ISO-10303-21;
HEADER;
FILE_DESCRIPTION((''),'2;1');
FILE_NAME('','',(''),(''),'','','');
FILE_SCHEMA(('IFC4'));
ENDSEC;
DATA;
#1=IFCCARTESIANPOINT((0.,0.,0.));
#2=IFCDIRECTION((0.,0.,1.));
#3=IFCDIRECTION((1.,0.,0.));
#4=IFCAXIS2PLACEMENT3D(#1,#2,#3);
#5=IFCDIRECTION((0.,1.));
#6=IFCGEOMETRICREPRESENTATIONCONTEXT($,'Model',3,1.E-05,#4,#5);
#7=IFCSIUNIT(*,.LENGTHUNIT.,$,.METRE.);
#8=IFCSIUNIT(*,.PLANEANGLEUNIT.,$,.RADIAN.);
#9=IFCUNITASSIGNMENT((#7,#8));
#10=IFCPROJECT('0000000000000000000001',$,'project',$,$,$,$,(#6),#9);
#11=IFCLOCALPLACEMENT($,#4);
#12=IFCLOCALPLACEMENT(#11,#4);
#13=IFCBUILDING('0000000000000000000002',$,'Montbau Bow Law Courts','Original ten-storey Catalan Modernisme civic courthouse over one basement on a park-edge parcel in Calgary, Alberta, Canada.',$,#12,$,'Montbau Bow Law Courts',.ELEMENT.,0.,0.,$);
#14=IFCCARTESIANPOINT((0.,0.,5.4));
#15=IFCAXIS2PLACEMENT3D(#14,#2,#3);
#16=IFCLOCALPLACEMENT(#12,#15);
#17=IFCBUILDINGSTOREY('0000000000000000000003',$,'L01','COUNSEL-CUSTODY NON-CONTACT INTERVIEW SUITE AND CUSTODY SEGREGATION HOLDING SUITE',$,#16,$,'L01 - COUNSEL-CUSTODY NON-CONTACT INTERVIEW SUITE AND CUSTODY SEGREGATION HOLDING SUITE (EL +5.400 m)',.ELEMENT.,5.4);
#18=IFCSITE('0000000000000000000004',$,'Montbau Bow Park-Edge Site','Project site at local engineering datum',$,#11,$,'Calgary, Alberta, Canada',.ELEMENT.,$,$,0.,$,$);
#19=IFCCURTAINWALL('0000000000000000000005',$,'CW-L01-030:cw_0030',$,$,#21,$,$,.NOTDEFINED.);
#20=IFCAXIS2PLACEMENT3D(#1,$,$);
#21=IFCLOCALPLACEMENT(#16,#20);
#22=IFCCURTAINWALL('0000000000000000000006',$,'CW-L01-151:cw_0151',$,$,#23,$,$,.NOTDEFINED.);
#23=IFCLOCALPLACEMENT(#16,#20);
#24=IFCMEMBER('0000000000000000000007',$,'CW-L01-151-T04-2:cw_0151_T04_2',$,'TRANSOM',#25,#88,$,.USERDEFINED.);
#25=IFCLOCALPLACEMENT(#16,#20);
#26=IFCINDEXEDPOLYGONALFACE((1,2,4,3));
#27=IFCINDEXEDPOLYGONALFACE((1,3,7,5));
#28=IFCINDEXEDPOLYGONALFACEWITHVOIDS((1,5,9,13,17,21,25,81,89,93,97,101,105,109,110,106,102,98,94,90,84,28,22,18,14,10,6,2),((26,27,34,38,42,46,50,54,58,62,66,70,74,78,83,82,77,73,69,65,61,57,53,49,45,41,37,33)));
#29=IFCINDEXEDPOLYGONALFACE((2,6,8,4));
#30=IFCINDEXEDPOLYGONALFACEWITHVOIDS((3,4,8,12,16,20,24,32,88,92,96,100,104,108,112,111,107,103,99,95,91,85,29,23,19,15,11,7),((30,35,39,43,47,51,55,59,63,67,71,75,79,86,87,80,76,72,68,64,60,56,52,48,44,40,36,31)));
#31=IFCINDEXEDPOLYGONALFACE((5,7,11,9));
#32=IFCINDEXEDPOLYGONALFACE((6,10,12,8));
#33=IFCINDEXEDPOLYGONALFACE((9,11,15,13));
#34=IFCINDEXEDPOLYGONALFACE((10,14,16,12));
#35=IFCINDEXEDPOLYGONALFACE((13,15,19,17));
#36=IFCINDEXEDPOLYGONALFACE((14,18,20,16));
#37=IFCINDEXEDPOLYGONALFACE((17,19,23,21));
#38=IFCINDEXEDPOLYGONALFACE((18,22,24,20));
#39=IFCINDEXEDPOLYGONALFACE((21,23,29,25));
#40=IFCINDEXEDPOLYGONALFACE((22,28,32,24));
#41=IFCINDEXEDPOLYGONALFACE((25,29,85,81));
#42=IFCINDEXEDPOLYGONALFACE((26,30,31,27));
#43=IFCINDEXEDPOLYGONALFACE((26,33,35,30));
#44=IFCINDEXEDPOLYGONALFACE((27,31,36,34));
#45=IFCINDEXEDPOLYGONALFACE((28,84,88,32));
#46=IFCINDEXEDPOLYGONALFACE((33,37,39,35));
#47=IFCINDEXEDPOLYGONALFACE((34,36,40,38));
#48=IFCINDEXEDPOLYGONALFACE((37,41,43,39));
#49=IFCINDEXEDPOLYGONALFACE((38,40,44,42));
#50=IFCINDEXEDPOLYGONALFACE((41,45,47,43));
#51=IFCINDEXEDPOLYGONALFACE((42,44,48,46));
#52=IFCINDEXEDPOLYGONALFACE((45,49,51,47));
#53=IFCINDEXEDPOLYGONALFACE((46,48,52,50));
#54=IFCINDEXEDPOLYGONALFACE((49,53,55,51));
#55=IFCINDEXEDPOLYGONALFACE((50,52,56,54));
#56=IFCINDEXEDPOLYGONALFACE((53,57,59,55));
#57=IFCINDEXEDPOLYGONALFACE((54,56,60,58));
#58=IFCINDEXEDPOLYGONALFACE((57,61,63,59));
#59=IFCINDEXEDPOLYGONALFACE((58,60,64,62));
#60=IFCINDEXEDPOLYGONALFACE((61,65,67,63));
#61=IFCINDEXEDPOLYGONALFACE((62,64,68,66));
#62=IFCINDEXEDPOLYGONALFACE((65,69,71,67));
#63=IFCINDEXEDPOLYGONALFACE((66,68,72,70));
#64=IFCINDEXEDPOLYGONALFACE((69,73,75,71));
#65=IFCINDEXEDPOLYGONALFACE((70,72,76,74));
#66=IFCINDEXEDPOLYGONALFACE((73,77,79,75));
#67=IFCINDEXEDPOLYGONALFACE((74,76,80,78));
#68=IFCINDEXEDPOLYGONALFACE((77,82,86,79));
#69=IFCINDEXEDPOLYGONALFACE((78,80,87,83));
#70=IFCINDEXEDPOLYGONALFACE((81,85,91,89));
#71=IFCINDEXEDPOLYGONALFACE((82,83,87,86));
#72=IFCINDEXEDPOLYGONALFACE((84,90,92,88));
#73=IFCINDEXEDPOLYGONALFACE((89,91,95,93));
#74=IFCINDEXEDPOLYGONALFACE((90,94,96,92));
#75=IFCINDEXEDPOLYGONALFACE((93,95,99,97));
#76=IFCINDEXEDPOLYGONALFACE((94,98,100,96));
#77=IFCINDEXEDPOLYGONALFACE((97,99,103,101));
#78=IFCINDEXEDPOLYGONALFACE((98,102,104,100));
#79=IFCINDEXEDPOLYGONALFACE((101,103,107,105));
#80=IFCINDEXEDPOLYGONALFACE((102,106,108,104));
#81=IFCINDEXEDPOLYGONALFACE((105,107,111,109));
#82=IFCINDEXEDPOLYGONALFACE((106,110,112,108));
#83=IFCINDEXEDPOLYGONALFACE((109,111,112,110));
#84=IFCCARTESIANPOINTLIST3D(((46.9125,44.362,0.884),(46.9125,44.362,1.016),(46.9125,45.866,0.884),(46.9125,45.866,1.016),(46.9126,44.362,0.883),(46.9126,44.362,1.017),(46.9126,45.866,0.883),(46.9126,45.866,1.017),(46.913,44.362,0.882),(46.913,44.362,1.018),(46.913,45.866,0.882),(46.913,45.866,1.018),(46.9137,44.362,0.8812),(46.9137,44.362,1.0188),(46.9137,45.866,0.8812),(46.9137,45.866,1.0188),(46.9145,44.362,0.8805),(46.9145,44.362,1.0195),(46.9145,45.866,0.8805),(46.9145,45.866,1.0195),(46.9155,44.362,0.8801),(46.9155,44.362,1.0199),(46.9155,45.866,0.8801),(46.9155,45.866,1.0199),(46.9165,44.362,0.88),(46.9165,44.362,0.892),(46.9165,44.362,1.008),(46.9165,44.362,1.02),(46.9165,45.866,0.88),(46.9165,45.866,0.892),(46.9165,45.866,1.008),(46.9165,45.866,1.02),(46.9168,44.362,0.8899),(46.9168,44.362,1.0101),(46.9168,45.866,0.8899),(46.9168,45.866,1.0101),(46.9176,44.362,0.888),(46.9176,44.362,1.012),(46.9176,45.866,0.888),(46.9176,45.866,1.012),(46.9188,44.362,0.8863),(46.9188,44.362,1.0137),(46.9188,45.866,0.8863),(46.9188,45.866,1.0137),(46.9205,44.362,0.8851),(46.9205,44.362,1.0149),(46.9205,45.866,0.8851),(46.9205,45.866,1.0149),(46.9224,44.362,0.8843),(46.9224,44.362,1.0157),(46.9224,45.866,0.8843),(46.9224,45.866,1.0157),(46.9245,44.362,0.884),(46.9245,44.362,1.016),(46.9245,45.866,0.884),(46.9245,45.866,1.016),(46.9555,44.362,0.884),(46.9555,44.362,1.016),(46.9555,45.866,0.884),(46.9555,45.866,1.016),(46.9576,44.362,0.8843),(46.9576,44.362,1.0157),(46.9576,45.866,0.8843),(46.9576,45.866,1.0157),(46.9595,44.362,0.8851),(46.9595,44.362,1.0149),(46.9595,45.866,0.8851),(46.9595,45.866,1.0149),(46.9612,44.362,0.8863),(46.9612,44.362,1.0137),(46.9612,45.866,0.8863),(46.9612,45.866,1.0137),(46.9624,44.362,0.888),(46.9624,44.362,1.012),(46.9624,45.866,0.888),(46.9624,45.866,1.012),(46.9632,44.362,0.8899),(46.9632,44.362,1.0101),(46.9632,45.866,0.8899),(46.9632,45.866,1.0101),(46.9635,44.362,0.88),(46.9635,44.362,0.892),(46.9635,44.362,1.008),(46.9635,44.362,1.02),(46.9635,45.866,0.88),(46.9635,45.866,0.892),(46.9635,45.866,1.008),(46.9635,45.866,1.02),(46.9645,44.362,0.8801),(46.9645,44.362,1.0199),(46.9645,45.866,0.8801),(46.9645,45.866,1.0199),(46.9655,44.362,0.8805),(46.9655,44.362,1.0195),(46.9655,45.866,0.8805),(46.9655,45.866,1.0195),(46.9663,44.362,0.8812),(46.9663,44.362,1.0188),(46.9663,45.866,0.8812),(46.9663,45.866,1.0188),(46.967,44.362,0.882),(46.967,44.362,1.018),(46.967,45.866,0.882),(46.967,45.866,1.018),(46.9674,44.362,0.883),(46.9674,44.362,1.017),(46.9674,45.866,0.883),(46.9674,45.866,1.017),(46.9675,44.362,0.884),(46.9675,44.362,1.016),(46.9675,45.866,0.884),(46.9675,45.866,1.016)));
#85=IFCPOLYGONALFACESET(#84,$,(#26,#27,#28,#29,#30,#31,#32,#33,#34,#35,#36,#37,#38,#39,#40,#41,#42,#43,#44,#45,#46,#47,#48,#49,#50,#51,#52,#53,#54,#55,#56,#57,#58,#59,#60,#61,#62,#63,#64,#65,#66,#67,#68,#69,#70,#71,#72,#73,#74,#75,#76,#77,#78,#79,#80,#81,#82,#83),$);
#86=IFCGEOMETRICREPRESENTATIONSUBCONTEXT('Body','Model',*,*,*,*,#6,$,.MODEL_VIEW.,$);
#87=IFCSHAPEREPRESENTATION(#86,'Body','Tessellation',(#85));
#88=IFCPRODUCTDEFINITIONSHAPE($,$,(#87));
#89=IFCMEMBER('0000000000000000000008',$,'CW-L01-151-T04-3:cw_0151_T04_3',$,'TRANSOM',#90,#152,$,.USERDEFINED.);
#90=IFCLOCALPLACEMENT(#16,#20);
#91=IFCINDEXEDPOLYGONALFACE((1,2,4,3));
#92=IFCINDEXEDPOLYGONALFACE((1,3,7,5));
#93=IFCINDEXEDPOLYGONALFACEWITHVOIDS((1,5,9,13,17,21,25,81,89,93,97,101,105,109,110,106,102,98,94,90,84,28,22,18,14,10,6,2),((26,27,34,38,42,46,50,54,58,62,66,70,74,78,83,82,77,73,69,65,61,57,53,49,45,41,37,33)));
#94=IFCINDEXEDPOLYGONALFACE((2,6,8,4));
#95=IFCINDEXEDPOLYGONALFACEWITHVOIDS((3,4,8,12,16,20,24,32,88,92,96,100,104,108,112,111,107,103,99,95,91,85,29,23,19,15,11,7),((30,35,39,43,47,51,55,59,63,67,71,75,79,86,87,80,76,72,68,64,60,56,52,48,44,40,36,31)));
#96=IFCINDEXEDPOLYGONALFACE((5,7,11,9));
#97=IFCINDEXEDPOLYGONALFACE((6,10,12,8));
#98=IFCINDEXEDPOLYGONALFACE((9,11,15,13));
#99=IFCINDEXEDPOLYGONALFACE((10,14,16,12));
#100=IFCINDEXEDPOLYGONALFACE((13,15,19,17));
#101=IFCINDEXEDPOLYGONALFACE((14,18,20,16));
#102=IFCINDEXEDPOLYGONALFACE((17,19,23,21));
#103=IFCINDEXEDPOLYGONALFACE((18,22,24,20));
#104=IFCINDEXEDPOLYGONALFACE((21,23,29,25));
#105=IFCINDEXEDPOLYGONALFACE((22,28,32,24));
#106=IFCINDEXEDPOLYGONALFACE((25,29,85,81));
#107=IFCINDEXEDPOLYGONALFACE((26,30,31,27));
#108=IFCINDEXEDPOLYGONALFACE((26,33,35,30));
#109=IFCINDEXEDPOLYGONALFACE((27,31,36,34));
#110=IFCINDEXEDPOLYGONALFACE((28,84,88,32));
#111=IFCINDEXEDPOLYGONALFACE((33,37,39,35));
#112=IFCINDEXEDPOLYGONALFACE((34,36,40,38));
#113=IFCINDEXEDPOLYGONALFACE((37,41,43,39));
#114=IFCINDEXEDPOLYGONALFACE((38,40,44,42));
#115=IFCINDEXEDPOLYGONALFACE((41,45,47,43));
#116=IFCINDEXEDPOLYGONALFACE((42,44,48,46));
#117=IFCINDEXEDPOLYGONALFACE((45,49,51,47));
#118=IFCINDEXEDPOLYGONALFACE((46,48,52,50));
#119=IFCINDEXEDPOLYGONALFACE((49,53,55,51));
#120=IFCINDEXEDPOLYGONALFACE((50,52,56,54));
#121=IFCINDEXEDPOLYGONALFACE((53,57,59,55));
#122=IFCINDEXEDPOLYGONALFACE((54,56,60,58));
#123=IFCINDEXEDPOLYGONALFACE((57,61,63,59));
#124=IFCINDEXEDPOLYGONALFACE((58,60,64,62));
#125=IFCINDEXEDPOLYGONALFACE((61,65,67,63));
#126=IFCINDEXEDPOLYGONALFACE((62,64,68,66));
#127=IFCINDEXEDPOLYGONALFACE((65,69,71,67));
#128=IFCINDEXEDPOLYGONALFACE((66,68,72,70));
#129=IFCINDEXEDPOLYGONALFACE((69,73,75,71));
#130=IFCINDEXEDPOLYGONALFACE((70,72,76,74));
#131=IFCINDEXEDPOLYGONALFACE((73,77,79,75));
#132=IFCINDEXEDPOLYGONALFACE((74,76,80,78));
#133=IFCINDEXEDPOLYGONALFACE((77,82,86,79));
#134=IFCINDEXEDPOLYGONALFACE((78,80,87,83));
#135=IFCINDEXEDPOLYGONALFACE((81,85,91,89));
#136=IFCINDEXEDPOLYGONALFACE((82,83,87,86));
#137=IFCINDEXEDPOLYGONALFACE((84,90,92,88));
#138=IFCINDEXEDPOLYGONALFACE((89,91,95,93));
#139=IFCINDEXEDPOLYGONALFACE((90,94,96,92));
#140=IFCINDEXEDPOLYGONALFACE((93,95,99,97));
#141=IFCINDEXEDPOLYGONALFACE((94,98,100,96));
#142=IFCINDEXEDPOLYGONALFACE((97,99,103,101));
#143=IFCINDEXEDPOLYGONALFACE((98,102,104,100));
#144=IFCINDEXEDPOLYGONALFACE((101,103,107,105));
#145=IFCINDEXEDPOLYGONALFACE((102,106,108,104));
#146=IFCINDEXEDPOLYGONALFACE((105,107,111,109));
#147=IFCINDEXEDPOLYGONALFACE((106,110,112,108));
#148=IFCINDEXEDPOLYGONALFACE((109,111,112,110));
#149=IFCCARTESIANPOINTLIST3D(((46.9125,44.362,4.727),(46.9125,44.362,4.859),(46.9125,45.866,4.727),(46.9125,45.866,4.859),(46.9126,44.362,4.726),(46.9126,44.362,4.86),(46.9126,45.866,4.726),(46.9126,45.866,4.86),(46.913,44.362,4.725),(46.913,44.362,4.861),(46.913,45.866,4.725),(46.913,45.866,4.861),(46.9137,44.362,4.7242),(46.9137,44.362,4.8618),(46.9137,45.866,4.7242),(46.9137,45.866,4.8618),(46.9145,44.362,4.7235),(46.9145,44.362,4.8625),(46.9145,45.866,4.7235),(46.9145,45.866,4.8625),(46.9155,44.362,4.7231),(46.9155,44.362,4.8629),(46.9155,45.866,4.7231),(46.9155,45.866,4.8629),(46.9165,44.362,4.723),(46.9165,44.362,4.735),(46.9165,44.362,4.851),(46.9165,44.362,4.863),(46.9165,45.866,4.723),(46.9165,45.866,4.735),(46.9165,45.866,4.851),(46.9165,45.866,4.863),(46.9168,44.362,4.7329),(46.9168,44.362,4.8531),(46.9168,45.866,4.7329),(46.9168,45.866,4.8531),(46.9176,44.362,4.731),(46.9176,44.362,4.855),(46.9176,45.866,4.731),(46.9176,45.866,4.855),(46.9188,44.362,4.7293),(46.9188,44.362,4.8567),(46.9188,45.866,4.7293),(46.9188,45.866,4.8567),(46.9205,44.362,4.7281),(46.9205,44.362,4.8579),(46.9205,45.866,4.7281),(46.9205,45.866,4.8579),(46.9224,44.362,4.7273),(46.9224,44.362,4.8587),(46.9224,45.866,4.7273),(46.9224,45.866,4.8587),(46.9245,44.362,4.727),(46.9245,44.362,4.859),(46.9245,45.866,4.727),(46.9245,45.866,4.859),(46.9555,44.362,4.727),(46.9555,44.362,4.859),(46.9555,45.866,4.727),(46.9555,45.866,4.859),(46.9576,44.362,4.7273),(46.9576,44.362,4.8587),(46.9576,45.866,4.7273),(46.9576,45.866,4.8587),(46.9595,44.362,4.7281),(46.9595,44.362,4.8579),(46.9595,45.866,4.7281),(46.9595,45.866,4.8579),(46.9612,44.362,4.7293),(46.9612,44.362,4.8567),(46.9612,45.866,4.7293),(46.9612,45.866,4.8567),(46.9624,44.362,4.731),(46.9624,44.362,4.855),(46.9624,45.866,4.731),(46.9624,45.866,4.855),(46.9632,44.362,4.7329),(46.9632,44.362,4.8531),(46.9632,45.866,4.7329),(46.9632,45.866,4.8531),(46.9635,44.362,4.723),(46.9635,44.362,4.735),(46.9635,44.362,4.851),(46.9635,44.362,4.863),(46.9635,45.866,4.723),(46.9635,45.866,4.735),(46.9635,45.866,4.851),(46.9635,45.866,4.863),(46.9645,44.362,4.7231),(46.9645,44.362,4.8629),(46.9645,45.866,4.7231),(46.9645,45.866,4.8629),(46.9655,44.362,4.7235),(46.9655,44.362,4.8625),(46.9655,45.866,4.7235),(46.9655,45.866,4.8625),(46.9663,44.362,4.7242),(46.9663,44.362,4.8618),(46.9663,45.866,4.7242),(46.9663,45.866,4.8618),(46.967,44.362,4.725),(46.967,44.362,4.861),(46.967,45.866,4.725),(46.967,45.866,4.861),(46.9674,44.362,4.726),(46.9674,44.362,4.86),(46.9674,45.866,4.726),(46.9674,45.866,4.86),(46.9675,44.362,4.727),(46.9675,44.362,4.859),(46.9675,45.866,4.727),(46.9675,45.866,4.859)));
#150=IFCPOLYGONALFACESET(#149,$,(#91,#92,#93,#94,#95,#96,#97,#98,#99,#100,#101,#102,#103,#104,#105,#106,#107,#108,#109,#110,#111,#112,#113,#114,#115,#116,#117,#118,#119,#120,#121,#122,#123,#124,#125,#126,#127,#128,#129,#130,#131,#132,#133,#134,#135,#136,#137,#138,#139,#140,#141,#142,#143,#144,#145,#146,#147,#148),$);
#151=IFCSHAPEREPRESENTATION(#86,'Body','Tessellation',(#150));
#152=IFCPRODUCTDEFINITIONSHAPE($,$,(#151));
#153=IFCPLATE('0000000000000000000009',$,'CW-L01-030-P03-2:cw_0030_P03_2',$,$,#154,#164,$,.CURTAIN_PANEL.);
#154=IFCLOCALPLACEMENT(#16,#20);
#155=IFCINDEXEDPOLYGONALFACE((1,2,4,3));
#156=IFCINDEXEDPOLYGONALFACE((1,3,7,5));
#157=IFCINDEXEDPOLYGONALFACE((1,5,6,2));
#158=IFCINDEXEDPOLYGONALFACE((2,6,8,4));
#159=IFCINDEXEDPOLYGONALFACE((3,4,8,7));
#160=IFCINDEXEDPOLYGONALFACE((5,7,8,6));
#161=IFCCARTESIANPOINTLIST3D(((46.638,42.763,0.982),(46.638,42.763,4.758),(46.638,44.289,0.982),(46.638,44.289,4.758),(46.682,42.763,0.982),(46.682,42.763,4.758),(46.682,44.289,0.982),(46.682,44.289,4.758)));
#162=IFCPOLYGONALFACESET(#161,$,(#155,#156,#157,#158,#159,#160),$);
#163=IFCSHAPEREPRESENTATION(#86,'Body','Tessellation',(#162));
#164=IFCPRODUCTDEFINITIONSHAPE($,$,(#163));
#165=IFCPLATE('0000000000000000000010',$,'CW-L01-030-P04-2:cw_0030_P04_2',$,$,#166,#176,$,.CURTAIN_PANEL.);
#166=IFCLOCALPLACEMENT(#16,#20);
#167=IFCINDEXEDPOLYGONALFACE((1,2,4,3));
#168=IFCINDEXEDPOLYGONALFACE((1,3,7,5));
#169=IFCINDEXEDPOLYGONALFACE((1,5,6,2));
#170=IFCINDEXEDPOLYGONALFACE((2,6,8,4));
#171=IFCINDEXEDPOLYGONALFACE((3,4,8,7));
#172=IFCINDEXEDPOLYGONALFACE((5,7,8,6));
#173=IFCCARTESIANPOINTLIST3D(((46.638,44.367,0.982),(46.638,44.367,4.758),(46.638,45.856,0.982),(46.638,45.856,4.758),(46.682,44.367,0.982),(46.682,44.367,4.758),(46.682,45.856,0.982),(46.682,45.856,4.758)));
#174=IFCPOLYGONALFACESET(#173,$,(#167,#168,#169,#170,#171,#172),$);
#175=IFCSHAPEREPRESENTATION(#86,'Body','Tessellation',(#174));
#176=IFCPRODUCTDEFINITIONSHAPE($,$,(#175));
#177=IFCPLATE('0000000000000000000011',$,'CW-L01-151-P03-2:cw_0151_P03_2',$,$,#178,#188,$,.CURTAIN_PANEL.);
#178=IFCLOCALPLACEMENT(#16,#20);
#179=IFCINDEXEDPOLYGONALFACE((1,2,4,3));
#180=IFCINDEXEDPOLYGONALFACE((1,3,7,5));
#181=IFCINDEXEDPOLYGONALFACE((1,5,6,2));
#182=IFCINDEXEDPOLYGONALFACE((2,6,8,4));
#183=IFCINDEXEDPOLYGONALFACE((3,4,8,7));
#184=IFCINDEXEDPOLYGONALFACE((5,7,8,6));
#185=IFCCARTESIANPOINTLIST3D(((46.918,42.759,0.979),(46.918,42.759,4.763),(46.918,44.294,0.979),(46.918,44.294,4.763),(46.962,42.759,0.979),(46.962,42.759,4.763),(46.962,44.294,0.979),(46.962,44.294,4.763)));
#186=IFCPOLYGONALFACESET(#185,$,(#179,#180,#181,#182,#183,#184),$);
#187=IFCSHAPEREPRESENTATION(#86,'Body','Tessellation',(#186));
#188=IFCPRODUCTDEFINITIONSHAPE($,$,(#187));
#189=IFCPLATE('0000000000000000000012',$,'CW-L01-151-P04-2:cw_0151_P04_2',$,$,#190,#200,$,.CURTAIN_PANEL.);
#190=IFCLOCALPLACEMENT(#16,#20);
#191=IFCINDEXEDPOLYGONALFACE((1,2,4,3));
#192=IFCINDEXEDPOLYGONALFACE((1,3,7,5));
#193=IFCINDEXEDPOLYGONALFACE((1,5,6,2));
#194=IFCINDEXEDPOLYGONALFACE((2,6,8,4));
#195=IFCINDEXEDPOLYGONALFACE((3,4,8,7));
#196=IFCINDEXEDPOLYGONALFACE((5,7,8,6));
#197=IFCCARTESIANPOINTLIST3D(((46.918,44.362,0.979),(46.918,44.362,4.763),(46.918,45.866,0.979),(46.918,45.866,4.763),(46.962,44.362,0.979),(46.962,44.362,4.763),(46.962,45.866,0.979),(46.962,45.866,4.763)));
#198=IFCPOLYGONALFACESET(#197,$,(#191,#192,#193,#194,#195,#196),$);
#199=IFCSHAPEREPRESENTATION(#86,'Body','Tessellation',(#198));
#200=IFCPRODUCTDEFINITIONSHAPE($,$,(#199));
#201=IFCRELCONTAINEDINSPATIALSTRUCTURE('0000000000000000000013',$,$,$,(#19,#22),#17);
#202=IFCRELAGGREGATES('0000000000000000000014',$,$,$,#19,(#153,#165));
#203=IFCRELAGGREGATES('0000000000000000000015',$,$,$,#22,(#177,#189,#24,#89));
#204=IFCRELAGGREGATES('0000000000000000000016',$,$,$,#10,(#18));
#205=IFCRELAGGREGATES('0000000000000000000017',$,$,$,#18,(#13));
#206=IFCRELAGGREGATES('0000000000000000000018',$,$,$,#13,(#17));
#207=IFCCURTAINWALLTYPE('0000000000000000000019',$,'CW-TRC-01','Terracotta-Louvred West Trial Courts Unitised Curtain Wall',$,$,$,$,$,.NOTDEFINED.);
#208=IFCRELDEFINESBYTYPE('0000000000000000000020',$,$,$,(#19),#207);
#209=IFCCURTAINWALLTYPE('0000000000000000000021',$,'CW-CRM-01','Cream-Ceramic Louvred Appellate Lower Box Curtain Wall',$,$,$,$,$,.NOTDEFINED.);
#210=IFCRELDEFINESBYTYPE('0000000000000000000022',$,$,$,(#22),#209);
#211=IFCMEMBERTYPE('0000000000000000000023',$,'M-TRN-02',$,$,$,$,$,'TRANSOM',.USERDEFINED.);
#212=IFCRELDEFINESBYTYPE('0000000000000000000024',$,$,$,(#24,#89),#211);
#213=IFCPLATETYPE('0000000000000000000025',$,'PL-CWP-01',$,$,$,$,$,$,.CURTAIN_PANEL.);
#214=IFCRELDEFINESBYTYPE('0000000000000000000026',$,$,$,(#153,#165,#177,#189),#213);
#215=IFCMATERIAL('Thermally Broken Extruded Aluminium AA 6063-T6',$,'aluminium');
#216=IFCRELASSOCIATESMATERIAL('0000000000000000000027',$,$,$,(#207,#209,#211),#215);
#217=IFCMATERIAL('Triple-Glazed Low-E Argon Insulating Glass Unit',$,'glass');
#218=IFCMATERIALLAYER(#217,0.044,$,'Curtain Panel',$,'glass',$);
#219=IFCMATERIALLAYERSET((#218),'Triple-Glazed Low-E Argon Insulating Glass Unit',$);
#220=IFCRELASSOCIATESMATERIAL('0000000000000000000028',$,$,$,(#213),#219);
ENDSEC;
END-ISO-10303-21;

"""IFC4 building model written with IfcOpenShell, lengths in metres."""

from ifc_helpers import new_model, si_unit, direction, frame, frame_2d, origin_with_axes, origin_2d_with_axis, place, context, subcontext, project, spatial, rectangle, hollow_rectangle, extrude, material, layer, layer_set, material_profile, profile_set, type_object, element, aggregate, save


model = new_model("IFC4")

# Units and contexts
model_context = context("Model", 3, precision=1e-05, world=origin_with_axes(), true_north=direction((0.0, 1.0)))
body_context = subcontext(model_context, "Body", "Model", "MODEL_VIEW")
ifc_project = project(units=[si_unit("LENGTHUNIT", "METRE"), si_unit("PLANEANGLEUNIT", "RADIAN")], contexts=[model_context])

# Site, building, storey
site_placement = place(None, origin_with_axes())
site = spatial("IfcSite", under=ifc_project, at=site_placement, Name="Montbau Bow Park-Edge Site", Description="Project site at local engineering datum", LongName="Calgary, Alberta, Canada", CompositionType="ELEMENT", RefElevation=0.0)
building_placement = place(site_placement, origin_with_axes())
building = spatial("IfcBuilding", under=site, at=building_placement, Name="Montbau Bow Law Courts", Description="Original ten-storey Catalan Modernisme civic courthouse over one basement on a park-edge parcel in Calgary, Alberta, Canada.", LongName="Montbau Bow Law Courts", CompositionType="ELEMENT", ElevationOfRefHeight=0.0, ElevationOfTerrain=0.0)
storey_placement = place(building_placement, frame((0.0, 0.0, 5.4), z_axis=(0.0, 0.0, 1.0), x_axis=(1.0, 0.0, 0.0)))
storey = spatial("IfcBuildingStorey", under=building, at=storey_placement, Name="L01", Description="COUNSEL-CUSTODY NON-CONTACT INTERVIEW SUITE AND CUSTODY SEGREGATION HOLDING SUITE", LongName="L01 - COUNSEL-CUSTODY NON-CONTACT INTERVIEW SUITE AND CUSTODY SEGREGATION HOLDING SUITE (EL +5.400 m)", CompositionType="ELEMENT", Elevation=5.4)

# Curtain walls, members
ifc_material_1 = material(Name="Thermally Broken Extruded Aluminium AA 6063-T6", Category="aluminium")
curtain_wall_type_1 = type_object("IfcCurtainWallType", Name="CW-TRC-01", Description="Terracotta-Louvred West Trial Courts Unitised Curtain Wall", PredefinedType="NOTDEFINED", material=ifc_material_1)
curtain_wall_1_placement = place(None, frame((46.66, 39.515, 5.4), z_axis=(0.0, 0.0, 1.0), x_axis=(1.0, 0.0, 0.0)))
curtain_wall_1 = element("IfcCurtainWall", 1, at=curtain_wall_1_placement, inside=storey, type_object=curtain_wall_type_1, Name="CW-L01-030:cw_0030", PredefinedType="NOTDEFINED")
curtain_wall_type_2 = type_object("IfcCurtainWallType", Name="CW-CRM-01", Description="Cream-Ceramic Louvred Appellate Lower Box Curtain Wall", PredefinedType="NOTDEFINED", material=ifc_material_1)
curtain_wall_2_placement = place(None, frame((46.94, 39.515, 5.4), z_axis=(0.0, 0.0, 1.0), x_axis=(1.0, 0.0, 0.0)))
curtain_wall_2 = element("IfcCurtainWall", 2, at=curtain_wall_2_placement, inside=storey, type_object=curtain_wall_type_2, Name="CW-L01-151:cw_0151", PredefinedType="NOTDEFINED")
ifc_material_profile_1 = material_profile(ifc_material_1, hollow_rectangle(XDim=0.055, YDim=0.14, WallThickness=0.004, InnerFilletRadius=0.008, OuterFilletRadius=0.004, at=origin_2d_with_axis()), Name="CWT-140X55", Category="Main", Priority=0)
ifc_profile_set_1 = profile_set([ifc_material_profile_1], Name="Thermally Broken Extruded Aluminium AA 6063-T6")
member_type_1 = type_object("IfcMemberType", Name="M-TRN-02", ElementType="TRANSOM", PredefinedType="USERDEFINED", material=ifc_profile_set_1)
member_1_placement = place(None, frame((46.94, 44.362, 6.35), z_axis=(0.0, 1.0, 0.0), x_axis=(-1.0, 0.0, 0.0)))
member_1 = element("IfcMember", 3, at=member_1_placement, type_object=member_type_1, Name="CW-L01-151-T04-2:cw_0151_T04_2", ObjectType="TRANSOM", PredefinedType="USERDEFINED", context=body_context, shape_type="SweptSolid", body=[
    extrude(hollow_rectangle(XDim=0.055, YDim=0.14, WallThickness=0.004, InnerFilletRadius=0.008, OuterFilletRadius=0.004, at=origin_2d_with_axis()), origin_with_axes(), (0.0, 0.0, 1.0), 1.504),
])
member_2_placement = place(None, frame((46.94, 44.362, 10.193), z_axis=(0.0, 1.0, 0.0), x_axis=(-1.0, 0.0, 0.0)))
member_2 = element("IfcMember", 4, at=member_2_placement, type_object=member_type_1, Name="CW-L01-151-T04-3:cw_0151_T04_3", ObjectType="TRANSOM", PredefinedType="USERDEFINED", context=body_context, shape_type="SweptSolid", body=[
    extrude(hollow_rectangle(XDim=0.055, YDim=0.14, WallThickness=0.004, InnerFilletRadius=0.008, OuterFilletRadius=0.004, at=origin_2d_with_axis()), origin_with_axes(), (0.0, 0.0, 1.0), 1.504),
])

# Plates
ifc_material_2 = material(Name="Triple-Glazed Low-E Argon Insulating Glass Unit", Category="glass")
ifc_layer_1 = layer(ifc_material_2, 0.044, Name="Curtain Panel", Category="glass")
ifc_layer_set_1 = layer_set([ifc_layer_1], Name="Triple-Glazed Low-E Argon Insulating Glass Unit")
plate_type_1 = type_object("IfcPlateType", Name="PL-CWP-01", PredefinedType="CURTAIN_PANEL", material=ifc_layer_set_1)
plate_1_placement = place(None, frame((46.66, 42.763, 6.382), z_axis=(1.0, 0.0, 0.0), x_axis=(0.0, 1.0, 0.0)))
plate_1 = element("IfcPlate", 5, at=plate_1_placement, type_object=plate_type_1, Name="CW-L01-030-P03-2:cw_0030_P03_2", PredefinedType="CURTAIN_PANEL", context=body_context, shape_type="SweptSolid", body=[
    extrude(rectangle(XDim=1.526, YDim=3.776, at=frame_2d((0.763, 1.888), x_axis=(1.0, 0.0))), frame((0.0, 0.0, -0.022), z_axis=(0.0, 0.0, 1.0), x_axis=(1.0, 0.0, 0.0)), (0.0, 0.0, 1.0), 0.044),
])
plate_2_placement = place(None, frame((46.66, 44.367, 6.382), z_axis=(1.0, 0.0, 0.0), x_axis=(0.0, 1.0, 0.0)))
plate_2 = element("IfcPlate", 6, at=plate_2_placement, type_object=plate_type_1, Name="CW-L01-030-P04-2:cw_0030_P04_2", PredefinedType="CURTAIN_PANEL", context=body_context, shape_type="SweptSolid", body=[
    extrude(rectangle(XDim=1.489, YDim=3.776, at=frame_2d((0.7445, 1.888), x_axis=(1.0, 0.0))), frame((0.0, 0.0, -0.022), z_axis=(0.0, 0.0, 1.0), x_axis=(1.0, 0.0, 0.0)), (0.0, 0.0, 1.0), 0.044),
])
plate_3_placement = place(None, frame((46.94, 42.759, 6.379), z_axis=(1.0, 0.0, 0.0), x_axis=(0.0, 1.0, 0.0)))
plate_3 = element("IfcPlate", 7, at=plate_3_placement, type_object=plate_type_1, Name="CW-L01-151-P03-2:cw_0151_P03_2", PredefinedType="CURTAIN_PANEL", context=body_context, shape_type="SweptSolid", body=[
    extrude(rectangle(XDim=1.535, YDim=3.784, at=frame_2d((0.7675, 1.892), x_axis=(1.0, 0.0))), frame((0.0, 0.0, -0.022), z_axis=(0.0, 0.0, 1.0), x_axis=(1.0, 0.0, 0.0)), (0.0, 0.0, 1.0), 0.044),
])
plate_4_placement = place(None, frame((46.94, 44.362, 6.379), z_axis=(1.0, 0.0, 0.0), x_axis=(0.0, 1.0, 0.0)))
plate_4 = element("IfcPlate", 8, at=plate_4_placement, type_object=plate_type_1, Name="CW-L01-151-P04-2:cw_0151_P04_2", PredefinedType="CURTAIN_PANEL", context=body_context, shape_type="SweptSolid", body=[
    extrude(rectangle(XDim=1.504, YDim=3.784, at=frame_2d((0.752, 1.892), x_axis=(1.0, 0.0))), frame((0.0, 0.0, -0.022), z_axis=(0.0, 0.0, 1.0), x_axis=(1.0, 0.0, 0.0)), (0.0, 0.0, 1.0), 0.044),
])
aggregate(curtain_wall_1, [plate_1, plate_2])

aggregate(curtain_wall_2, [plate_3, plate_4, member_1, member_2])

save(model, "model.ifc")
